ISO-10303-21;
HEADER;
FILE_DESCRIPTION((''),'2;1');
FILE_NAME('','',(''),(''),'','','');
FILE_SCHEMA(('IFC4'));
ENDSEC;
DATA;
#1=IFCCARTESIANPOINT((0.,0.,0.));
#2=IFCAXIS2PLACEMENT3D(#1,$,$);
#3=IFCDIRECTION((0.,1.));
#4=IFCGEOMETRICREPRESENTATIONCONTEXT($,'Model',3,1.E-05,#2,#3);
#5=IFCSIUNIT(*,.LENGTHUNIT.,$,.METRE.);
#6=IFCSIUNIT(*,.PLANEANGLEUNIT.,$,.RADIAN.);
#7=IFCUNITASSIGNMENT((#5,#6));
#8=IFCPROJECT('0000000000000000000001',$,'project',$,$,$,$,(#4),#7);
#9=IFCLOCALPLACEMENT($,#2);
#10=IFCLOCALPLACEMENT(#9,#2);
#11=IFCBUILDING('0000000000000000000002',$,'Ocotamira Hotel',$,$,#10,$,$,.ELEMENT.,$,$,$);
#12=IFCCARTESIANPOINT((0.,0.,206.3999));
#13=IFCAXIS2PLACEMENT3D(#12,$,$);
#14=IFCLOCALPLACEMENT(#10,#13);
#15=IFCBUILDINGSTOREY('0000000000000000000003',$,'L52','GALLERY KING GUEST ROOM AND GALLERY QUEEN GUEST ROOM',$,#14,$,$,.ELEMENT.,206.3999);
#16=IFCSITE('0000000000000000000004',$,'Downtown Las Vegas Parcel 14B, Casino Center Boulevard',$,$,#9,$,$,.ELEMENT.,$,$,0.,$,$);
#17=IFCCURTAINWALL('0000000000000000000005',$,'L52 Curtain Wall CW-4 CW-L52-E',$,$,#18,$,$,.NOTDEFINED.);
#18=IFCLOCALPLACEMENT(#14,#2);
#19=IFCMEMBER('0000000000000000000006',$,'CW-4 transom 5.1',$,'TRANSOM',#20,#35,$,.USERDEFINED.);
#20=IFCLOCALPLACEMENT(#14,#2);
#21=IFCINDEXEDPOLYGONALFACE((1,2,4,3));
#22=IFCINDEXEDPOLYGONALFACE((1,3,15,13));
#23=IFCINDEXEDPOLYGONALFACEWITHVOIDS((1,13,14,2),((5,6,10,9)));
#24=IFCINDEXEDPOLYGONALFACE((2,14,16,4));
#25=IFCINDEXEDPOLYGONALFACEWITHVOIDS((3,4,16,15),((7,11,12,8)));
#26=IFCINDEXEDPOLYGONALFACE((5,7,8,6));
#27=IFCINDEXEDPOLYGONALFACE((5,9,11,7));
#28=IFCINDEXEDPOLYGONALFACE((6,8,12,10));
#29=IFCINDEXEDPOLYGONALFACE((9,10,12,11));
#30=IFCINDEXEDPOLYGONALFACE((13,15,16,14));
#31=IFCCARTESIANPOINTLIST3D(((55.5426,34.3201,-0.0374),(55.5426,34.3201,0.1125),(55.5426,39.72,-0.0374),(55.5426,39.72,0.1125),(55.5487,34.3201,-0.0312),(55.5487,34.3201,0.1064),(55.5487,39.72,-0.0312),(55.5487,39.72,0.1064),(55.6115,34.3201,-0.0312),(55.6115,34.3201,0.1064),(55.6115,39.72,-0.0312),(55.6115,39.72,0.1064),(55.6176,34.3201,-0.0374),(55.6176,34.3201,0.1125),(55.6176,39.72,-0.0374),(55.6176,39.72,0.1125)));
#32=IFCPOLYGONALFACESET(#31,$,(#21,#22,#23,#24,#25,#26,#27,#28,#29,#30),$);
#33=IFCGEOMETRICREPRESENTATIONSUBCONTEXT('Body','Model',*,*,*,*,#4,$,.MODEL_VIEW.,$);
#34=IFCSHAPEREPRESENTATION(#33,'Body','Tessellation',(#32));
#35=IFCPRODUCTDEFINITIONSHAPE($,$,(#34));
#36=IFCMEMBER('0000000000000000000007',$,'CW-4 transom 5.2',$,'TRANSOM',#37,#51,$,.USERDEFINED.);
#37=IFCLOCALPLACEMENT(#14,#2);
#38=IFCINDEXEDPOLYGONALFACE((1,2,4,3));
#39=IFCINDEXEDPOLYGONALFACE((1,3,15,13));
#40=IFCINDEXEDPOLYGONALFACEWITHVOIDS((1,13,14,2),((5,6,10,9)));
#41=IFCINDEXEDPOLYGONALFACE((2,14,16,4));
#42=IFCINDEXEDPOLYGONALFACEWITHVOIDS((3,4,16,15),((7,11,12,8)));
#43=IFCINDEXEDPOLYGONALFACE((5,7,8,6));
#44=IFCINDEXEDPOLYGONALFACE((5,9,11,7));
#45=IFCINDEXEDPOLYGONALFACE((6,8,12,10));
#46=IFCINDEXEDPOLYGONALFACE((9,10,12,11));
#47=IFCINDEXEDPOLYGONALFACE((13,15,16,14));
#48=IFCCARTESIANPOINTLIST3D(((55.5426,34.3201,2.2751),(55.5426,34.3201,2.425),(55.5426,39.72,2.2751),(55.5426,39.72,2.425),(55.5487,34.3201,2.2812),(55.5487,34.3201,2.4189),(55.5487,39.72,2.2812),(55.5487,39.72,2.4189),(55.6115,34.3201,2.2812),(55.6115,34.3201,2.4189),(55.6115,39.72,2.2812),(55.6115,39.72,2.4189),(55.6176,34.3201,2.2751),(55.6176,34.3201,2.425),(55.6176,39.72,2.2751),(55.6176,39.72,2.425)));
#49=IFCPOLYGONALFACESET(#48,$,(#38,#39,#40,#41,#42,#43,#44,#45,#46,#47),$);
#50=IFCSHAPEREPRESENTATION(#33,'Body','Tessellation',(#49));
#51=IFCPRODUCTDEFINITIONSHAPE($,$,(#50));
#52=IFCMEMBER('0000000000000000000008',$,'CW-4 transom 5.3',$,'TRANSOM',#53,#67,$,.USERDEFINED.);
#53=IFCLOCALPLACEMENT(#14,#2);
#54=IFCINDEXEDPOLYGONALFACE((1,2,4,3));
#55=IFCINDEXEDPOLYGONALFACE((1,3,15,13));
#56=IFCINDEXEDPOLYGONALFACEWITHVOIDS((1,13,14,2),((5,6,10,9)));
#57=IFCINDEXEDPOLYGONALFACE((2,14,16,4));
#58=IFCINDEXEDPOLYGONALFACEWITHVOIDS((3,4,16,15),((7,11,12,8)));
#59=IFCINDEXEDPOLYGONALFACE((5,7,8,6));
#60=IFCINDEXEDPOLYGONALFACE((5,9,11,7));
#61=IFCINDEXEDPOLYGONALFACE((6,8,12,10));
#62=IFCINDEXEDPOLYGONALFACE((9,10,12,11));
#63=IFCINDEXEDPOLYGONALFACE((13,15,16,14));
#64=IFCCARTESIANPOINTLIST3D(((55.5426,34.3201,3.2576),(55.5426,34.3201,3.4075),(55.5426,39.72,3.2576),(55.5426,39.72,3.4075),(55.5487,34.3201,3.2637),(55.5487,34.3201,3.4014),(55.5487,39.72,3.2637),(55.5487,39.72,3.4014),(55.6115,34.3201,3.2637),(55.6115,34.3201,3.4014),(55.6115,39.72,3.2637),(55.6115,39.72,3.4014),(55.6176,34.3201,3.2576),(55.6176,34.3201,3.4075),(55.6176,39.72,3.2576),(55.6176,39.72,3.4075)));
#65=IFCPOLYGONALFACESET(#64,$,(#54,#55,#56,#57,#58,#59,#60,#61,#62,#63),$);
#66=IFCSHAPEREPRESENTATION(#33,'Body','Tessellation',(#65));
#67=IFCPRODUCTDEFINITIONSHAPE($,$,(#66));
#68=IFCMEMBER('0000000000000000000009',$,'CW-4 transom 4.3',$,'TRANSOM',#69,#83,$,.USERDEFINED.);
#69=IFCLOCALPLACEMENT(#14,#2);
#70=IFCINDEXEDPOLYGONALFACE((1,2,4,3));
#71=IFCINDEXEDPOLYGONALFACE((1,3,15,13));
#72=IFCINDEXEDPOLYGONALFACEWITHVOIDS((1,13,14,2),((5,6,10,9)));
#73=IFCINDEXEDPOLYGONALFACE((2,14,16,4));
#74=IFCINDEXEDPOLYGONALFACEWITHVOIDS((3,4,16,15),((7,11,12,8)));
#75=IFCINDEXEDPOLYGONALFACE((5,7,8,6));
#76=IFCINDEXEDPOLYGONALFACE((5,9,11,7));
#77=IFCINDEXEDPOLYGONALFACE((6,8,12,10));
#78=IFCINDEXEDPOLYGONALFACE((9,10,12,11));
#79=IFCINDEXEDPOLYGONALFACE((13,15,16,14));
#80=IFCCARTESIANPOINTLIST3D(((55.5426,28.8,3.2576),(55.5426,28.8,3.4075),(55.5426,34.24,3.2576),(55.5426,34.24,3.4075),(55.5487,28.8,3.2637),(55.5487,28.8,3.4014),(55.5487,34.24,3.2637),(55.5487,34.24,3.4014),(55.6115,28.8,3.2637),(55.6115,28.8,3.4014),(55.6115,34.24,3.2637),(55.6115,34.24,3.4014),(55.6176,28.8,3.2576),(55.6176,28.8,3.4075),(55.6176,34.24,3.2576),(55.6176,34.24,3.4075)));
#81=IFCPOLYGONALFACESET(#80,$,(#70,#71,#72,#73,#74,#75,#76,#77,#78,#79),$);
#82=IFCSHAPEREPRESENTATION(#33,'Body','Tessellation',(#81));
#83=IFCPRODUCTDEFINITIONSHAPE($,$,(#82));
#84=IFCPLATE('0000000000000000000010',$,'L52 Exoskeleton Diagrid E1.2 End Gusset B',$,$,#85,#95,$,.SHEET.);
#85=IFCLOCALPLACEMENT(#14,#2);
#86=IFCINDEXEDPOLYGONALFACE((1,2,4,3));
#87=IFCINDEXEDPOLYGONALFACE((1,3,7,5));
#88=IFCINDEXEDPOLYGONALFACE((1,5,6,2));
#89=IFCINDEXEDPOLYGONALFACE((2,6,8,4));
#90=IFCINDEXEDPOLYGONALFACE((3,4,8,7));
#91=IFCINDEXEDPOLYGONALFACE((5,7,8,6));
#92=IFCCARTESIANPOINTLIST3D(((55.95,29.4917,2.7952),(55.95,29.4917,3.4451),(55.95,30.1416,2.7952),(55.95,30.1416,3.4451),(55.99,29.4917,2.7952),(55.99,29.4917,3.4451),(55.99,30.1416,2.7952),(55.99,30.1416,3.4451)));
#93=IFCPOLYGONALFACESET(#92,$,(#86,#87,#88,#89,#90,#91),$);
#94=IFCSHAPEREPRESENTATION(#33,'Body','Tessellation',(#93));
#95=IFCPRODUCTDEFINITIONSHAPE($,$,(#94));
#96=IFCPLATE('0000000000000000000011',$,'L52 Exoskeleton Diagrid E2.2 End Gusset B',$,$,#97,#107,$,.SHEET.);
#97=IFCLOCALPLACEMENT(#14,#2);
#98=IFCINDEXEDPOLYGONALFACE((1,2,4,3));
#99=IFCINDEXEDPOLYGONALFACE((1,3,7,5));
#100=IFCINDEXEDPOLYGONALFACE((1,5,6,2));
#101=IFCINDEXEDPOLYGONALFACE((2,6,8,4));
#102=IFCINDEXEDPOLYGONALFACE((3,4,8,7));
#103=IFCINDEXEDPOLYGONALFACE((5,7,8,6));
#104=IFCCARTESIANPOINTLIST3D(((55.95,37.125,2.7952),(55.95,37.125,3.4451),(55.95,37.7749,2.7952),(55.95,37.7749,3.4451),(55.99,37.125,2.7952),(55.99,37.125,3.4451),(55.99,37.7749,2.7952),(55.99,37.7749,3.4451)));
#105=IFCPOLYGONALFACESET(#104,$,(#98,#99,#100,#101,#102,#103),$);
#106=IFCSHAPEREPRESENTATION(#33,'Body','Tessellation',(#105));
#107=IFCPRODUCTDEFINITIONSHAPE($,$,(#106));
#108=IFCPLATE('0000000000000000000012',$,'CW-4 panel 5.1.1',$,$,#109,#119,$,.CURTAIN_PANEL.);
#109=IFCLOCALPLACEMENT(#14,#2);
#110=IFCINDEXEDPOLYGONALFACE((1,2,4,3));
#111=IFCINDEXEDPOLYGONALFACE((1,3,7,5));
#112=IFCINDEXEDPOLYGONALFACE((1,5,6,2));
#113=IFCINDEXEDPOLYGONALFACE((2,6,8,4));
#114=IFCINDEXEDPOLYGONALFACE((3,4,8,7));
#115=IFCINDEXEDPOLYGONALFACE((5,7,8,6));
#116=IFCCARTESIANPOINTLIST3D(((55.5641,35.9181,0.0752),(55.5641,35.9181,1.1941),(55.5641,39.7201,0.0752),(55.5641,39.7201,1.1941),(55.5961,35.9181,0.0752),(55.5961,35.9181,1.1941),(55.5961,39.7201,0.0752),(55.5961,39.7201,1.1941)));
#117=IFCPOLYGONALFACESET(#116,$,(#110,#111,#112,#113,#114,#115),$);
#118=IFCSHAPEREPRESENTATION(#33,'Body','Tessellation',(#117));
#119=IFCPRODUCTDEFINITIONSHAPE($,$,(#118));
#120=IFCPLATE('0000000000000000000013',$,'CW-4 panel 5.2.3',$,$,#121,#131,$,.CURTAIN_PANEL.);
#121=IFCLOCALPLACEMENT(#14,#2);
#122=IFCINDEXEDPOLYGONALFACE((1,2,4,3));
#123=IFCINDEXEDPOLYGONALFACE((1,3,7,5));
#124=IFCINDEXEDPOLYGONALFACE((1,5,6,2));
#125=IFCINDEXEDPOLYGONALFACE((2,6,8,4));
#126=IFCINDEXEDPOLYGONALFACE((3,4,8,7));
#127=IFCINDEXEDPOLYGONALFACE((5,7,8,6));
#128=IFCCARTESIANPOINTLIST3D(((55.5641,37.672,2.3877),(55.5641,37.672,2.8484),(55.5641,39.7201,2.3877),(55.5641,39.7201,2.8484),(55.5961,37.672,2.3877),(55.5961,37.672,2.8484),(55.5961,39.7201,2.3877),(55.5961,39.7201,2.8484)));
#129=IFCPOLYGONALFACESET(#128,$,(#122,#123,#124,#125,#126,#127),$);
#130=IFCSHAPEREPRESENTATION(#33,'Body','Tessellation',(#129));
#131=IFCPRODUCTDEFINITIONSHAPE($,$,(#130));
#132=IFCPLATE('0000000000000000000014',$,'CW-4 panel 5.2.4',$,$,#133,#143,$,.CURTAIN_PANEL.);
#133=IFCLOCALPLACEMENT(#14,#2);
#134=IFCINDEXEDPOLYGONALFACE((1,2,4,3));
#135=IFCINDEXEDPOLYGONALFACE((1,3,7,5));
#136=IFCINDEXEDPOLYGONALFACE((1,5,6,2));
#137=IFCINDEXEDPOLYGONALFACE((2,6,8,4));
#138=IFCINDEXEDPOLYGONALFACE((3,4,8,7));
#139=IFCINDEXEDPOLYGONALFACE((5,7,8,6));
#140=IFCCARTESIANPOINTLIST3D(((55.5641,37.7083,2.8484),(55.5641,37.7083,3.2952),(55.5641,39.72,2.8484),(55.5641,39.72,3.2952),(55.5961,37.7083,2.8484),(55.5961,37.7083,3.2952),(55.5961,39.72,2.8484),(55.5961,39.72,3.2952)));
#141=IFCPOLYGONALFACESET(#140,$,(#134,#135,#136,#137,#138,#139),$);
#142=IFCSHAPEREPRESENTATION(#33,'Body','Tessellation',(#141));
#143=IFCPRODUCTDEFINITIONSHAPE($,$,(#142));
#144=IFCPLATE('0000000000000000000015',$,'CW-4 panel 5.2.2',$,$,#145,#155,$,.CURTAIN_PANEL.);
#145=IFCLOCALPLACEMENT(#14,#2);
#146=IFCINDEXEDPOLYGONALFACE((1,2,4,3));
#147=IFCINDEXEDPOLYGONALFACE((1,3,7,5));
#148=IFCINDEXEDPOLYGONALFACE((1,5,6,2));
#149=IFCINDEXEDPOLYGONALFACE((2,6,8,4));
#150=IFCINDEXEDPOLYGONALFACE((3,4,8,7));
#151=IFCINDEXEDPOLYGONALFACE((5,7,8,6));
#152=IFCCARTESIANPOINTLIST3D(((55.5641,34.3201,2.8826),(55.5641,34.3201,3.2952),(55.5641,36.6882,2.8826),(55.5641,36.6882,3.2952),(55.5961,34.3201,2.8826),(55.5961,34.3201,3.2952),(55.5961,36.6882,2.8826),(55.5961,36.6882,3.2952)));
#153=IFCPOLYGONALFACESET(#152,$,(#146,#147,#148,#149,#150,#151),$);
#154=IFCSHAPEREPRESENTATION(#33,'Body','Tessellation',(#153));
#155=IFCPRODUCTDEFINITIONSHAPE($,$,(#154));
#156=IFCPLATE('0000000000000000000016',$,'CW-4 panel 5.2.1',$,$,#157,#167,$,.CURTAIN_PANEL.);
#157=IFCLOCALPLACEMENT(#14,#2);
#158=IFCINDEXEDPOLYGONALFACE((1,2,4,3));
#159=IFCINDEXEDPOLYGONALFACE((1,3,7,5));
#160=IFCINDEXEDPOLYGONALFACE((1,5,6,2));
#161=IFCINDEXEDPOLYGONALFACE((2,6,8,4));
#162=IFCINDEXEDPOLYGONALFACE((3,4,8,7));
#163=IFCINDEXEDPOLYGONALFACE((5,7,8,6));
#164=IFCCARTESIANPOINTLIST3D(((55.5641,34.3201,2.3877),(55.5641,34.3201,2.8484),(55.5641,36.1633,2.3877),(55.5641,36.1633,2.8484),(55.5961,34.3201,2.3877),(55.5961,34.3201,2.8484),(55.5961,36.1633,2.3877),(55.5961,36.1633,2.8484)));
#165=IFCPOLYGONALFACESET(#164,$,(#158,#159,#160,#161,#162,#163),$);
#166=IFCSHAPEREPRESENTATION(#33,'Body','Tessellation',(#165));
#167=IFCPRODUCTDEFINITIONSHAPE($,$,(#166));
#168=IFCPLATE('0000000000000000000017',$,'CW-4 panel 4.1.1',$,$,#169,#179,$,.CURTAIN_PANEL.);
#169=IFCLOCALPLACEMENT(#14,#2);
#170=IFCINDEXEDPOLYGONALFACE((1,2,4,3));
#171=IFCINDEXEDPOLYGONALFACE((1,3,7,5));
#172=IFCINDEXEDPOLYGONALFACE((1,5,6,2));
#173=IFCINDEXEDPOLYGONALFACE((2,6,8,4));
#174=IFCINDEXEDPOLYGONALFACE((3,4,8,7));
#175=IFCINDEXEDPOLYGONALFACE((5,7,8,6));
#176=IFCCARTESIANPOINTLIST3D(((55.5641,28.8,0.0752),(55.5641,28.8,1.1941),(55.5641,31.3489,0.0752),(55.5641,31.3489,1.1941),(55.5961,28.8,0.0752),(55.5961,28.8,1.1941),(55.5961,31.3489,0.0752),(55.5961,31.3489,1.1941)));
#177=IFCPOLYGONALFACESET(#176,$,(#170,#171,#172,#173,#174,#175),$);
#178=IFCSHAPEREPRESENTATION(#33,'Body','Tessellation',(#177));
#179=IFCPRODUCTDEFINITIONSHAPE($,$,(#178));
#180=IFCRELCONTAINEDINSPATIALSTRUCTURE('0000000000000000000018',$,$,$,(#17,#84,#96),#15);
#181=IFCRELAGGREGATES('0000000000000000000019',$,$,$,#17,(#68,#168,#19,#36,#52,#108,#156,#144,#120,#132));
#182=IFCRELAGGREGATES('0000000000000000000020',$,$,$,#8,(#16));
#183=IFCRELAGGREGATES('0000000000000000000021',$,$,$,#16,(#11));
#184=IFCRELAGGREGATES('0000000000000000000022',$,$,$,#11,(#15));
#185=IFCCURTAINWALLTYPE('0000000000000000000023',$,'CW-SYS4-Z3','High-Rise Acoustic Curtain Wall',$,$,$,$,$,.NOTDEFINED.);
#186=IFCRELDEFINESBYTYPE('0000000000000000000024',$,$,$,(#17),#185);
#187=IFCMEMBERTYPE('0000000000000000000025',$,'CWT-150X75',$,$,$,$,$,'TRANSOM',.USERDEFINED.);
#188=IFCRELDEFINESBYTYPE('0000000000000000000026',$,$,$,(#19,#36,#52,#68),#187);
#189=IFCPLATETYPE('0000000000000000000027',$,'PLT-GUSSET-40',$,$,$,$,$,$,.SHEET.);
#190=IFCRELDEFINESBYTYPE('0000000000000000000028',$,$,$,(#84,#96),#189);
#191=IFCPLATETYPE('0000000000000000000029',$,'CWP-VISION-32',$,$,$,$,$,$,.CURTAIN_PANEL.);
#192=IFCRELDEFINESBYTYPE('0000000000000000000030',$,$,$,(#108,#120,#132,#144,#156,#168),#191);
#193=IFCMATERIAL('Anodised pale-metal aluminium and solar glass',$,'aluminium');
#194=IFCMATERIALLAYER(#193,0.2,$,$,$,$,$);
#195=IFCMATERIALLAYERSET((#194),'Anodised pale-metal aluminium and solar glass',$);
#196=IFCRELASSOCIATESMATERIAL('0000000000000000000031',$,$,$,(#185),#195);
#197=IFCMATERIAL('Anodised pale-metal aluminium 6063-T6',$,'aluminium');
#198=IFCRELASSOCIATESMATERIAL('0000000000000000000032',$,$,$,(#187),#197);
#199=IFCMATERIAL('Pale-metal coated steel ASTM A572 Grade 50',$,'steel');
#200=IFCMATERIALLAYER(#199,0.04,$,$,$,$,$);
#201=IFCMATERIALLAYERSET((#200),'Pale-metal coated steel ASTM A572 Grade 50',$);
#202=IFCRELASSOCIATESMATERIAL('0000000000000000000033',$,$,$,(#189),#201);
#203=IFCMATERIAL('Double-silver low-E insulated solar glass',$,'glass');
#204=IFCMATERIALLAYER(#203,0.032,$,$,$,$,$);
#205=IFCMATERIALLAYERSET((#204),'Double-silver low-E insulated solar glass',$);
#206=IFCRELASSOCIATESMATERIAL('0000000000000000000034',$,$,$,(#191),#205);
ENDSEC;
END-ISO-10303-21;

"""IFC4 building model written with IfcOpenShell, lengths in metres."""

from ifc_helpers import new_model, si_unit, direction, frame, origin, origin_2d, place, context, subcontext, project, spatial, rectangle, hollow_rectangle, extrude, source, transform, mapped, material, layer, layer_set, material_profile, profile_set, type_object, element, aggregate, save


model = new_model("IFC4")

# Units and contexts
model_context = context("Model", 3, precision=1e-05, world=origin(), true_north=direction((0.0, 1.0)))
body_context = subcontext(model_context, "Body", "Model", "MODEL_VIEW")
ifc_project = project(units=[si_unit("LENGTHUNIT", "METRE"), si_unit("PLANEANGLEUNIT", "RADIAN")], contexts=[model_context])

# Site, building, storey
site_placement = place(None, origin())
site = spatial("IfcSite", under=ifc_project, at=site_placement, Name="Downtown Las Vegas Parcel 14B, Casino Center Boulevard", CompositionType="ELEMENT", RefElevation=0.0)
building_placement = place(site_placement, origin())
building = spatial("IfcBuilding", under=site, at=building_placement, Name="Ocotamira Hotel", CompositionType="ELEMENT")
storey_placement = place(building_placement, frame((0.0, 0.0, 206.3999)))
storey = spatial("IfcBuildingStorey", under=building, at=storey_placement, Name="L52", Description="GALLERY KING GUEST ROOM AND GALLERY QUEEN GUEST ROOM", CompositionType="ELEMENT", Elevation=206.3999)

# Curtain wall, members
ifc_material_1 = material(Name="Anodised pale-metal aluminium and solar glass", Category="aluminium")
ifc_layer_1 = layer(ifc_material_1, 0.2)
ifc_layer_set_1 = layer_set([ifc_layer_1], Name="Anodised pale-metal aluminium and solar glass")
curtain_wall_type = type_object("IfcCurtainWallType", Name="CW-SYS4-Z3", Description="High-Rise Acoustic Curtain Wall", PredefinedType="NOTDEFINED", material=ifc_layer_set_1)
curtain_wall_placement = place(storey_placement, origin())
curtain_wall = element("IfcCurtainWall", 1, at=curtain_wall_placement, inside=storey, type_object=curtain_wall_type, Name="L52 Curtain Wall CW-4 CW-L52-E", PredefinedType="NOTDEFINED")
ifc_material_2 = material(Name="Anodised pale-metal aluminium 6063-T6", Category="aluminium")
ifc_material_profile_1 = material_profile(ifc_material_2, hollow_rectangle(XDim=0.075, YDim=0.1499, WallThickness=0.0061, at=origin_2d()), Name="HSS150X75X6")
ifc_profile_set_1 = profile_set([ifc_material_profile_1], Name="Anodised pale-metal aluminium 6063-T6")
member_type_1 = type_object("IfcMemberType", Name="CWT-150X75", ElementType="TRANSOM", PredefinedType="USERDEFINED", material=ifc_profile_set_1)
shared_shape_1 = source(origin(), body_context, "Body", "SweptSolid", [
    extrude(hollow_rectangle(XDim=0.075, YDim=0.1499, WallThickness=0.0061, at=origin_2d()), origin(), (0.0, 0.0, 1.0), 5.3999),
])
member_1_placement = place(storey_placement, frame((55.5801, 34.3201, 0.0376), z_axis=(0.0, 1.0, 0.0), x_axis=(-1.0, 0.0, 0.0)))
member_1 = element("IfcMember", 2, at=member_1_placement, type_object=member_type_1, Name="CW-4 transom 5.1", ObjectType="TRANSOM", PredefinedType="USERDEFINED", context=body_context, shape_type="MappedRepresentation", body=[
    mapped(shared_shape_1, transform((0.0, 0.0, 0.0), scale=1.0)),
])
member_2_placement = place(storey_placement, frame((55.5801, 34.3201, 2.3501), z_axis=(0.0, 1.0, 0.0), x_axis=(-1.0, 0.0, 0.0)))
member_2 = element("IfcMember", 3, at=member_2_placement, type_object=member_type_1, Name="CW-4 transom 5.2", ObjectType="TRANSOM", PredefinedType="USERDEFINED", context=body_context, shape_type="MappedRepresentation", body=[
    mapped(shared_shape_1, transform((0.0, 0.0, 0.0), scale=1.0)),
])
member_3_placement = place(storey_placement, frame((55.5801, 34.3201, 3.3325), z_axis=(0.0, 1.0, 0.0), x_axis=(-1.0, 0.0, 0.0)))
member_3 = element("IfcMember", 4, at=member_3_placement, type_object=member_type_1, Name="CW-4 transom 5.3", ObjectType="TRANSOM", PredefinedType="USERDEFINED", context=body_context, shape_type="MappedRepresentation", body=[
    mapped(shared_shape_1, transform((0.0, 0.0, 0.0), scale=1.0)),
])
shared_shape_2 = source(origin(), body_context, "Body", "SweptSolid", [
    extrude(hollow_rectangle(XDim=0.075, YDim=0.1499, WallThickness=0.0061, at=origin_2d()), origin(), (0.0, 0.0, 1.0), 5.4399),
])
member_4_placement = place(storey_placement, frame((55.5801, 28.8, 3.3325), z_axis=(0.0, 1.0, 0.0), x_axis=(-1.0, 0.0, 0.0)))
member_4 = element("IfcMember", 5, at=member_4_placement, type_object=member_type_1, Name="CW-4 transom 4.3", ObjectType="TRANSOM", PredefinedType="USERDEFINED", context=body_context, shape_type="MappedRepresentation", body=[
    mapped(shared_shape_2, transform((0.0, 0.0, 0.0), scale=1.0)),
])

# Plates
ifc_material_3 = material(Name="Pale-metal coated steel ASTM A572 Grade 50", Category="steel")
ifc_layer_2 = layer(ifc_material_3, 0.04)
ifc_layer_set_2 = layer_set([ifc_layer_2], Name="Pale-metal coated steel ASTM A572 Grade 50")
plate_type_1 = type_object("IfcPlateType", Name="PLT-GUSSET-40", PredefinedType="SHEET", material=ifc_layer_set_2)
shared_shape_3 = source(origin(), body_context, "Body", "SweptSolid", [
    extrude(rectangle(XDim=0.04, YDim=0.6499, at=origin_2d()), origin(), (0.0, 0.0, 1.0), 0.6499),
])
for number, where, z_axis, x_axis, name in (
    (6, (55.97, 29.8167, 2.7952), (0.0, 0.0, 1.0), (1.0, 0.0, 0.0), "L52 Exoskeleton Diagrid E1.2 End Gusset B"),
    (7, (55.97, 37.45, 2.7952), (0.0, 0.0, 1.0), (1.0, 0.0, 0.0), "L52 Exoskeleton Diagrid E2.2 End Gusset B"),
):
    element("IfcPlate", number, at=place(storey_placement, frame(where, z_axis=z_axis, x_axis=x_axis)), inside=storey, type_object=plate_type_1, Name=name, PredefinedType="SHEET", context=body_context, shape_type="MappedRepresentation", body=[
        mapped(shared_shape_3, transform((0.0, 0.0, 0.0), scale=1.0)),
    ])

# Plates
ifc_material_4 = material(Name="Double-silver low-E insulated solar glass", Category="glass")
ifc_layer_3 = layer(ifc_material_4, 0.032)
ifc_layer_set_3 = layer_set([ifc_layer_3], Name="Double-silver low-E insulated solar glass")
plate_type_2 = type_object("IfcPlateType", Name="CWP-VISION-32", PredefinedType="CURTAIN_PANEL", material=ifc_layer_set_3)
shared_shape_4 = source(origin(), body_context, "Body", "SweptSolid", [
    extrude(rectangle(XDim=3.802, YDim=0.032, at=origin_2d()), origin(), (0.0, 0.0, 1.0), 1.1189),
])
plate_1_placement = place(storey_placement, frame((55.5801, 37.8191, 0.0752), z_axis=(0.0, 0.0, 1.0), x_axis=(0.0, 1.0, 0.0)))
plate_1 = element("IfcPlate", 8, at=plate_1_placement, type_object=plate_type_2, Name="CW-4 panel 5.1.1", PredefinedType="CURTAIN_PANEL", context=body_context, shape_type="MappedRepresentation", body=[
    mapped(shared_shape_4, transform((0.0, 0.0, 0.0), scale=1.0)),
])
shared_shape_5 = source(origin(), body_context, "Body", "SweptSolid", [
    extrude(rectangle(XDim=2.0481, YDim=0.032, at=origin_2d()), origin(), (0.0, 0.0, 1.0), 0.4607),
])
plate_2_placement = place(storey_placement, frame((55.5801, 38.696, 2.3877), z_axis=(0.0, 0.0, 1.0), x_axis=(0.0, 1.0, 0.0)))
plate_2 = element("IfcPlate", 9, at=plate_2_placement, type_object=plate_type_2, Name="CW-4 panel 5.2.3", PredefinedType="CURTAIN_PANEL", context=body_context, shape_type="MappedRepresentation", body=[
    mapped(shared_shape_5, transform((0.0, 0.0, 0.0), scale=1.0)),
])
shared_shape_6 = source(origin(), body_context, "Body", "SweptSolid", [
    extrude(rectangle(XDim=2.0117, YDim=0.032, at=origin_2d()), origin(), (0.0, 0.0, 1.0), 0.4468),
])
plate_3_placement = place(storey_placement, frame((55.5801, 38.7141, 2.8484), z_axis=(0.0, 0.0, 1.0), x_axis=(0.0, 1.0, 0.0)))
plate_3 = element("IfcPlate", 10, at=plate_3_placement, type_object=plate_type_2, Name="CW-4 panel 5.2.4", PredefinedType="CURTAIN_PANEL", context=body_context, shape_type="MappedRepresentation", body=[
    mapped(shared_shape_6, transform((0.0, 0.0, 0.0), scale=1.0)),
])
shared_shape_7 = source(origin(), body_context, "Body", "SweptSolid", [
    extrude(rectangle(XDim=2.3682, YDim=0.032, at=origin_2d()), origin(), (0.0, 0.0, 1.0), 0.4126),
])
plate_4_placement = place(storey_placement, frame((55.5801, 35.5042, 2.8826), z_axis=(0.0, 0.0, 1.0), x_axis=(0.0, 1.0, 0.0)))
plate_4 = element("IfcPlate", 11, at=plate_4_placement, type_object=plate_type_2, Name="CW-4 panel 5.2.2", PredefinedType="CURTAIN_PANEL", context=body_context, shape_type="MappedRepresentation", body=[
    mapped(shared_shape_7, transform((0.0, 0.0, 0.0), scale=1.0)),
])
shared_shape_8 = source(origin(), body_context, "Body", "SweptSolid", [
    extrude(rectangle(XDim=1.8433, YDim=0.032, at=origin_2d()), origin(), (0.0, 0.0, 1.0), 0.4607),
])
plate_5_placement = place(storey_placement, frame((55.5801, 35.2417, 2.3877), z_axis=(0.0, 0.0, 1.0), x_axis=(0.0, 1.0, 0.0)))
plate_5 = element("IfcPlate", 12, at=plate_5_placement, type_object=plate_type_2, Name="CW-4 panel 5.2.1", PredefinedType="CURTAIN_PANEL", context=body_context, shape_type="MappedRepresentation", body=[
    mapped(shared_shape_8, transform((0.0, 0.0, 0.0), scale=1.0)),
])
shared_shape_9 = source(origin(), body_context, "Body", "SweptSolid", [
    extrude(rectangle(XDim=2.5488, YDim=0.032, at=origin_2d()), origin(), (0.0, 0.0, 1.0), 1.1189),
])
plate_6_placement = place(storey_placement, frame((55.5801, 30.0745, 0.0752), z_axis=(0.0, 0.0, 1.0), x_axis=(0.0, 1.0, 0.0)))
plate_6 = element("IfcPlate", 13, at=plate_6_placement, type_object=plate_type_2, Name="CW-4 panel 4.1.1", PredefinedType="CURTAIN_PANEL", context=body_context, shape_type="MappedRepresentation", body=[
    mapped(shared_shape_9, transform((0.0, 0.0, 0.0), scale=1.0)),
])
aggregate(curtain_wall, [member_4, plate_6, member_1, member_2, member_3, plate_1, plate_5, plate_4, plate_2, plate_3])

save(model, "model.ifc")
